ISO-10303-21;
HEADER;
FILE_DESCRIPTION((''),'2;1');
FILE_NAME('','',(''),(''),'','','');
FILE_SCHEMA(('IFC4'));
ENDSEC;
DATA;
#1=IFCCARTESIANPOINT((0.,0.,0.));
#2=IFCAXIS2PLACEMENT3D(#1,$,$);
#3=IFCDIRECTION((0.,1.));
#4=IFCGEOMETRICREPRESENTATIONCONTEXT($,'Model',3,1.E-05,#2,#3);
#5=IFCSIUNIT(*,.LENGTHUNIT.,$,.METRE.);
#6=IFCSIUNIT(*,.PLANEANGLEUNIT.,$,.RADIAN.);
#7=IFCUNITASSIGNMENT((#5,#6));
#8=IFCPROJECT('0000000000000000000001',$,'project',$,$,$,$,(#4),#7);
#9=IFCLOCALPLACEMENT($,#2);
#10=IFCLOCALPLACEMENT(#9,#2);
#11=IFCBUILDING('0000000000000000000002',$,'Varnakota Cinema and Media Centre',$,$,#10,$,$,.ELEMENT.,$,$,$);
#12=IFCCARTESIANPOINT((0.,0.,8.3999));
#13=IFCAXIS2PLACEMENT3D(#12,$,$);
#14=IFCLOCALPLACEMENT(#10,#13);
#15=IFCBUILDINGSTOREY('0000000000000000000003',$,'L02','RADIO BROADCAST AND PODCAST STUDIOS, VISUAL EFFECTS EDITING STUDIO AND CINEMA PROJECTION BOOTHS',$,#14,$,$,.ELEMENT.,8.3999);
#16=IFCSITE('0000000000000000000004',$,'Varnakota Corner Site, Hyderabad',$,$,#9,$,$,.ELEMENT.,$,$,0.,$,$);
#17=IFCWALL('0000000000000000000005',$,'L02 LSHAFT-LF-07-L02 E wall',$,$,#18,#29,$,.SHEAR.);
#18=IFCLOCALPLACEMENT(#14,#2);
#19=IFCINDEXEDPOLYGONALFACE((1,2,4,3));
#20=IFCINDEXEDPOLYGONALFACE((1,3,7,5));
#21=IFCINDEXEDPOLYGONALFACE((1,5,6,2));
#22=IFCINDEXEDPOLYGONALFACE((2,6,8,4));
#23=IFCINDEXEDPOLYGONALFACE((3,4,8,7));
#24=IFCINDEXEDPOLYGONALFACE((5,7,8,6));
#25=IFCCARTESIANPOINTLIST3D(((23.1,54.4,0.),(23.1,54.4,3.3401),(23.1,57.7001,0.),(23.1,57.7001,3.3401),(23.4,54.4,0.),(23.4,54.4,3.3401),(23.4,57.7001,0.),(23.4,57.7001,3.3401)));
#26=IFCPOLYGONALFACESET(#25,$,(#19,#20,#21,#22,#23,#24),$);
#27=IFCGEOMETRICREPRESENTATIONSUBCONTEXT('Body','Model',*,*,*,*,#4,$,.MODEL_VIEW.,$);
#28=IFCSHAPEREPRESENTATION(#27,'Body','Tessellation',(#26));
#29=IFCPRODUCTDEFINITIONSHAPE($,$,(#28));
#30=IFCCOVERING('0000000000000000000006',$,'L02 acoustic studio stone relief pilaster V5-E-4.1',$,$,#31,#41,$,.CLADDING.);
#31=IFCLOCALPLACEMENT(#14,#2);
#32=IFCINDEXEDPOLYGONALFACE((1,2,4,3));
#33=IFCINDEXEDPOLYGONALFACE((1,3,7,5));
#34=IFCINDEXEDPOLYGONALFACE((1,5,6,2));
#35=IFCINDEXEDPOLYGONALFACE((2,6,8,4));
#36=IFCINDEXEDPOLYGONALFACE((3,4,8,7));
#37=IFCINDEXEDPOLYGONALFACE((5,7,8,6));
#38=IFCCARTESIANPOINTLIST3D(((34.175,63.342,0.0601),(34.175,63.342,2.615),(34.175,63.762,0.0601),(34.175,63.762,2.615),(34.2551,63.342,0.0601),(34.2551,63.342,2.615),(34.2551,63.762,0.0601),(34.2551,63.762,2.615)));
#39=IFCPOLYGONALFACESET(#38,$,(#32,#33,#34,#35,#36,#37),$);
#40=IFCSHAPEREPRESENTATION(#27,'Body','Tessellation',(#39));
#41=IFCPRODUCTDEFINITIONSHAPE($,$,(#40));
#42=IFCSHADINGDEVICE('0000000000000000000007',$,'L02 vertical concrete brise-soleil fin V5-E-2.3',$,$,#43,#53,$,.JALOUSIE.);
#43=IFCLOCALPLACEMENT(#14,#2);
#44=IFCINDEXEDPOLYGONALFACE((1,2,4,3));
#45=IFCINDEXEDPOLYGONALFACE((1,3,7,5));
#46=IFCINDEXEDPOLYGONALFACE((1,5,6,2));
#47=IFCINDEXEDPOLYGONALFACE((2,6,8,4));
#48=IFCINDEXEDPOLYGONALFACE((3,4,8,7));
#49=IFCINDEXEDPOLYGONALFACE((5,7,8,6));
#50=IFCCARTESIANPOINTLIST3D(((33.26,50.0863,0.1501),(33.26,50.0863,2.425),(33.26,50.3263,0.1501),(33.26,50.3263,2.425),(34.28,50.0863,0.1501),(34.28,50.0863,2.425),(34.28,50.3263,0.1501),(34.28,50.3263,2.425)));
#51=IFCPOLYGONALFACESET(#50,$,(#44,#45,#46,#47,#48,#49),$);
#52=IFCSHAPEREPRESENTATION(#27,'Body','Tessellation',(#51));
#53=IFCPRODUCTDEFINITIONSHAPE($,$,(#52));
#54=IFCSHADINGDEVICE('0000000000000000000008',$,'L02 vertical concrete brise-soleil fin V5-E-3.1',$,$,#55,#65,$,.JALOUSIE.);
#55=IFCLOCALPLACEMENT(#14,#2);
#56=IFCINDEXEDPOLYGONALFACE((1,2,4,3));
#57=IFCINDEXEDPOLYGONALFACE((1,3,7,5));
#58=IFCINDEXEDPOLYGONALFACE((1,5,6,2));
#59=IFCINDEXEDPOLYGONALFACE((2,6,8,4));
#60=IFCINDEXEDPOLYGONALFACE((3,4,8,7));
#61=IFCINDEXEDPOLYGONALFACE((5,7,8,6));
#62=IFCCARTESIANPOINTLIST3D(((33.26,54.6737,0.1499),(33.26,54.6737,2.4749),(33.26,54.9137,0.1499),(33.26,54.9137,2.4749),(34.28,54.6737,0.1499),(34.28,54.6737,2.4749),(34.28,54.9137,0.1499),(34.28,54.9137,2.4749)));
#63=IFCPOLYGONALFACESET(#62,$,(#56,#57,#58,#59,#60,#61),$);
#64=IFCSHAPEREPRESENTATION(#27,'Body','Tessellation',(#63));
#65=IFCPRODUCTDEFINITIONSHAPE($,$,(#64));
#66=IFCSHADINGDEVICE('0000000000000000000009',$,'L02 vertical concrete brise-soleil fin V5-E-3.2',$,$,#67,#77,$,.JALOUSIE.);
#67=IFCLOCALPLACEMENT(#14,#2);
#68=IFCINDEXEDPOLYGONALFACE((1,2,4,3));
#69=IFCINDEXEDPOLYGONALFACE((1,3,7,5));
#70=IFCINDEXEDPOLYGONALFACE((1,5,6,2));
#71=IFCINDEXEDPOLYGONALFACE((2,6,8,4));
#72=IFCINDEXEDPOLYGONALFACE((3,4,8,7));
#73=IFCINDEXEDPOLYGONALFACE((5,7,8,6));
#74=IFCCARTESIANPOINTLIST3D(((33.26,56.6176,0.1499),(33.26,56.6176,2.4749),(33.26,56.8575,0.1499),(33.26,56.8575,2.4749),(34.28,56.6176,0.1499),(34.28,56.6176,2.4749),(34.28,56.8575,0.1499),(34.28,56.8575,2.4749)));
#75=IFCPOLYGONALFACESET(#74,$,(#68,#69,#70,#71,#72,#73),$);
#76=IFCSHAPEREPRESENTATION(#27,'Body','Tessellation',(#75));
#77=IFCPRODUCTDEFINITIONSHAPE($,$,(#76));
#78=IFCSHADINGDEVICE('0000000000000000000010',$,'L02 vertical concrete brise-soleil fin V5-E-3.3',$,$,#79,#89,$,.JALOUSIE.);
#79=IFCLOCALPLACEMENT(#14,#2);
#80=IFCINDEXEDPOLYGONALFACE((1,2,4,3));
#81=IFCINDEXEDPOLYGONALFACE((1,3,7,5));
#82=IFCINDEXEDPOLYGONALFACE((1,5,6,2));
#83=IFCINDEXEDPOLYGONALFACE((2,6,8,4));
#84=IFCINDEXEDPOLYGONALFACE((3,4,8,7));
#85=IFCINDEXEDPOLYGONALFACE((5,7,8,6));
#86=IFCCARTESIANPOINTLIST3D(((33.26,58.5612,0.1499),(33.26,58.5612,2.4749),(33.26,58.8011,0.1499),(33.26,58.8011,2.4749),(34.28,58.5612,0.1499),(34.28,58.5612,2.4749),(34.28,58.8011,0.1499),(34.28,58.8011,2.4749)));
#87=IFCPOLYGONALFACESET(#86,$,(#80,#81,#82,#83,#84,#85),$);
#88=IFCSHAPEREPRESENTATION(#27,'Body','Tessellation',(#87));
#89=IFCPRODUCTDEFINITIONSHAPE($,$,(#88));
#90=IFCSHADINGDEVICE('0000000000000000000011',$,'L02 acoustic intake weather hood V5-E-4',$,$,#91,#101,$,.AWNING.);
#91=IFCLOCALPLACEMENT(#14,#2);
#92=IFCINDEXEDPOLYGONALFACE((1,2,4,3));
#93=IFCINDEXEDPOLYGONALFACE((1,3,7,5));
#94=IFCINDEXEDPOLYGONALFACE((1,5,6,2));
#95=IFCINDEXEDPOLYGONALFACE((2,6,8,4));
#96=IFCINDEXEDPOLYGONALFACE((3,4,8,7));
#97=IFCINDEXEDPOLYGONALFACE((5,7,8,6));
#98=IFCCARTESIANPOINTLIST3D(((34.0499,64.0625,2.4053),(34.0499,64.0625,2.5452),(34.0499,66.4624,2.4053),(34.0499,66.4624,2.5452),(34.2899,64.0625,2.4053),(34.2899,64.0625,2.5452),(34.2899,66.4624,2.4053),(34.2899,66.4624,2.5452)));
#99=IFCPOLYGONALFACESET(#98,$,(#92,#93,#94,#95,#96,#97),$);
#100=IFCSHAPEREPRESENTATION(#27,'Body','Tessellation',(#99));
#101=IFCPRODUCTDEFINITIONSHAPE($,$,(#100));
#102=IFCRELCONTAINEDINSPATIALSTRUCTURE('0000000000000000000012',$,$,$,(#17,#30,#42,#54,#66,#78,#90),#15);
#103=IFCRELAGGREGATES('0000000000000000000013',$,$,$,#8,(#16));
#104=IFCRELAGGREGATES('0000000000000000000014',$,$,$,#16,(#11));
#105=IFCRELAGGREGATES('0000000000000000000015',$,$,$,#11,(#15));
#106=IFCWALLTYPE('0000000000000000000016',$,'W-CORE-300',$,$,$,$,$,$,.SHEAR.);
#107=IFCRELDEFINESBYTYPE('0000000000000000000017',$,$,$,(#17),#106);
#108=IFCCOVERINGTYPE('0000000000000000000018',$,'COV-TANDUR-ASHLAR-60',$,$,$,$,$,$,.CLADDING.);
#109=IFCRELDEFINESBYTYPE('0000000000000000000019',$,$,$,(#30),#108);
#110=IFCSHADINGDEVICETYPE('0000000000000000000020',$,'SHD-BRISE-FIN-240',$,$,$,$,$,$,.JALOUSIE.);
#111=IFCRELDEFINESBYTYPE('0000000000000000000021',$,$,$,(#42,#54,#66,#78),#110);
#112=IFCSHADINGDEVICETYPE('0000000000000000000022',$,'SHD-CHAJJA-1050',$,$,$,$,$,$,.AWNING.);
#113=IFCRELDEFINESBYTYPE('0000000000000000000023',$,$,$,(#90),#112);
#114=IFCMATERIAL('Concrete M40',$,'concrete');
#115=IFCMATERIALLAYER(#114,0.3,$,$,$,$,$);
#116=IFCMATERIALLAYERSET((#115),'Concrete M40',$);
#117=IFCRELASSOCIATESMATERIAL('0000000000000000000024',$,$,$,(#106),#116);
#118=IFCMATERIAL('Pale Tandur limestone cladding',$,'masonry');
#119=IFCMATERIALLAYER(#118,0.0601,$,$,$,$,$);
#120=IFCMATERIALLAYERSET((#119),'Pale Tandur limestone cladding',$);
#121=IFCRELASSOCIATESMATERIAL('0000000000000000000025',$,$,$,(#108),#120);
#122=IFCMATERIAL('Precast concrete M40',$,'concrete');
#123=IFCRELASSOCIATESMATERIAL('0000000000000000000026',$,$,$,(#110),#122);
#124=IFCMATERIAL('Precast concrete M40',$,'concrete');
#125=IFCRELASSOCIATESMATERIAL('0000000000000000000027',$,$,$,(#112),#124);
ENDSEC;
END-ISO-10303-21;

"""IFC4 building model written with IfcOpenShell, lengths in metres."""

from ifc_helpers import new_model, si_unit, direction, frame, frame_2d, origin, origin_2d, place, context, subcontext, project, spatial, rectangle, extrude, material, layer, layer_set, type_object, element, save


model = new_model("IFC4")

# Units and contexts
model_context = context("Model", 3, precision=1e-05, world=origin(), true_north=direction((0.0, 1.0)))
body_context = subcontext(model_context, "Body", "Model", "MODEL_VIEW")
ifc_project = project(units=[si_unit("LENGTHUNIT", "METRE"), si_unit("PLANEANGLEUNIT", "RADIAN")], contexts=[model_context])

# Site, building, storey
site_placement = place(None, origin())
site = spatial("IfcSite", under=ifc_project, at=site_placement, Name="Varnakota Corner Site, Hyderabad", CompositionType="ELEMENT", RefElevation=0.0)
building_placement = place(site_placement, origin())
building = spatial("IfcBuilding", under=site, at=building_placement, Name="Varnakota Cinema and Media Centre", CompositionType="ELEMENT")
storey_placement = place(building_placement, frame((0.0, 0.0, 8.3999)))
storey = spatial("IfcBuildingStorey", under=building, at=storey_placement, Name="L02", Description="RADIO BROADCAST AND PODCAST STUDIOS, VISUAL EFFECTS EDITING STUDIO AND CINEMA PROJECTION BOOTHS", CompositionType="ELEMENT", Elevation=8.3999)

# Shared definitions
ifc_material_1 = material(Name="Concrete M40", Category="concrete")
ifc_layer_1 = layer(ifc_material_1, 0.3)
ifc_layer_set_1 = layer_set([ifc_layer_1], Name="Concrete M40")
wall_type_1 = type_object("IfcWallType", Name="W-CORE-300", PredefinedType="SHEAR", material=ifc_layer_set_1)

# Wall
wall_1_placement = place(storey_placement, frame((23.25, 57.7, 0.0), z_axis=(0.0, 0.0, 1.0), x_axis=(0.0, -1.0, 0.0)))
element("IfcWall", 1, at=wall_1_placement, inside=storey, type_object=wall_type_1, Name="L02 LSHAFT-LF-07-L02 E wall", PredefinedType="SHEAR", context=body_context, shape_type="SweptSolid", body=[
    extrude(rectangle(XDim=3.3, YDim=0.3, at=frame_2d((1.6499, 0.0))), origin(), (0.0, 0.0, 1.0), 3.3401),
])

# Covering
ifc_material_2 = material(Name="Pale Tandur limestone cladding", Category="masonry")
ifc_layer_2 = layer(ifc_material_2, 0.0601)
ifc_layer_set_2 = layer_set([ifc_layer_2], Name="Pale Tandur limestone cladding")
covering_type = type_object("IfcCoveringType", Name="COV-TANDUR-ASHLAR-60", PredefinedType="CLADDING", material=ifc_layer_set_2)
covering_placement = place(storey_placement, frame((34.2151, 63.552, 0.0601), z_axis=(0.0, 0.0, 1.0), x_axis=(0.0, 1.0, 0.0)))
element("IfcCovering", 2, at=covering_placement, inside=storey, type_object=covering_type, Name="L02 acoustic studio stone relief pilaster V5-E-4.1", PredefinedType="CLADDING", context=body_context, shape_type="SweptSolid", body=[
    extrude(rectangle(XDim=0.4199, YDim=0.0801, at=origin_2d()), origin(), (0.0, 0.0, 1.0), 2.5549),
])

# Shading devices
ifc_material_3 = material(Name="Precast concrete M40", Category="concrete")
shading_device_type_1 = type_object("IfcShadingDeviceType", Name="SHD-BRISE-FIN-240", PredefinedType="JALOUSIE", material=ifc_material_3)
shading_device_1_placement = place(storey_placement, frame((33.77, 50.2063, 0.1501), z_axis=(0.0, 0.0, 1.0), x_axis=(0.0, 1.0, 0.0)))
element("IfcShadingDevice", 3, at=shading_device_1_placement, inside=storey, type_object=shading_device_type_1, Name="L02 vertical concrete brise-soleil fin V5-E-2.3", PredefinedType="JALOUSIE", context=body_context, shape_type="SweptSolid", body=[
    extrude(rectangle(XDim=0.24, YDim=1.02, at=origin_2d()), origin(), (0.0, 0.0, 1.0), 2.2749),
])
for number, where, z_axis, x_axis, name in (
    (4, (33.77, 54.7937, 0.1499), (0.0, 0.0, 1.0), (0.0, 1.0, 0.0), "L02 vertical concrete brise-soleil fin V5-E-3.1"),
    (5, (33.77, 56.7375, 0.1499), (0.0, 0.0, 1.0), (0.0, 1.0, 0.0), "L02 vertical concrete brise-soleil fin V5-E-3.2"),
    (6, (33.77, 58.6812, 0.1499), (0.0, 0.0, 1.0), (0.0, 1.0, 0.0), "L02 vertical concrete brise-soleil fin V5-E-3.3"),
):
    element("IfcShadingDevice", number, at=place(storey_placement, frame(where, z_axis=z_axis, x_axis=x_axis)), inside=storey, type_object=shading_device_type_1, Name=name, PredefinedType="JALOUSIE", context=body_context, shape_type="SweptSolid", body=[
        extrude(rectangle(XDim=0.24, YDim=1.02, at=origin_2d()), origin(), (0.0, 0.0, 1.0), 2.325),
    ])
ifc_material_4 = material(Name="Precast concrete M40", Category="concrete")
shading_device_type_2 = type_object("IfcShadingDeviceType", Name="SHD-CHAJJA-1050", PredefinedType="AWNING", material=ifc_material_4)
shading_device_2_placement = place(storey_placement, frame((34.1699, 65.2625, 2.4053), z_axis=(0.0, 0.0, 1.0), x_axis=(0.0, 1.0, 0.0)))
element("IfcShadingDevice", 7, at=shading_device_2_placement, inside=storey, type_object=shading_device_type_2, Name="L02 acoustic intake weather hood V5-E-4", PredefinedType="AWNING", context=body_context, shape_type="SweptSolid", body=[
    extrude(rectangle(XDim=2.3999, YDim=0.24, at=origin_2d()), origin(), (0.0, 0.0, 1.0), 0.1399),
])

save(model, "model.ifc")
